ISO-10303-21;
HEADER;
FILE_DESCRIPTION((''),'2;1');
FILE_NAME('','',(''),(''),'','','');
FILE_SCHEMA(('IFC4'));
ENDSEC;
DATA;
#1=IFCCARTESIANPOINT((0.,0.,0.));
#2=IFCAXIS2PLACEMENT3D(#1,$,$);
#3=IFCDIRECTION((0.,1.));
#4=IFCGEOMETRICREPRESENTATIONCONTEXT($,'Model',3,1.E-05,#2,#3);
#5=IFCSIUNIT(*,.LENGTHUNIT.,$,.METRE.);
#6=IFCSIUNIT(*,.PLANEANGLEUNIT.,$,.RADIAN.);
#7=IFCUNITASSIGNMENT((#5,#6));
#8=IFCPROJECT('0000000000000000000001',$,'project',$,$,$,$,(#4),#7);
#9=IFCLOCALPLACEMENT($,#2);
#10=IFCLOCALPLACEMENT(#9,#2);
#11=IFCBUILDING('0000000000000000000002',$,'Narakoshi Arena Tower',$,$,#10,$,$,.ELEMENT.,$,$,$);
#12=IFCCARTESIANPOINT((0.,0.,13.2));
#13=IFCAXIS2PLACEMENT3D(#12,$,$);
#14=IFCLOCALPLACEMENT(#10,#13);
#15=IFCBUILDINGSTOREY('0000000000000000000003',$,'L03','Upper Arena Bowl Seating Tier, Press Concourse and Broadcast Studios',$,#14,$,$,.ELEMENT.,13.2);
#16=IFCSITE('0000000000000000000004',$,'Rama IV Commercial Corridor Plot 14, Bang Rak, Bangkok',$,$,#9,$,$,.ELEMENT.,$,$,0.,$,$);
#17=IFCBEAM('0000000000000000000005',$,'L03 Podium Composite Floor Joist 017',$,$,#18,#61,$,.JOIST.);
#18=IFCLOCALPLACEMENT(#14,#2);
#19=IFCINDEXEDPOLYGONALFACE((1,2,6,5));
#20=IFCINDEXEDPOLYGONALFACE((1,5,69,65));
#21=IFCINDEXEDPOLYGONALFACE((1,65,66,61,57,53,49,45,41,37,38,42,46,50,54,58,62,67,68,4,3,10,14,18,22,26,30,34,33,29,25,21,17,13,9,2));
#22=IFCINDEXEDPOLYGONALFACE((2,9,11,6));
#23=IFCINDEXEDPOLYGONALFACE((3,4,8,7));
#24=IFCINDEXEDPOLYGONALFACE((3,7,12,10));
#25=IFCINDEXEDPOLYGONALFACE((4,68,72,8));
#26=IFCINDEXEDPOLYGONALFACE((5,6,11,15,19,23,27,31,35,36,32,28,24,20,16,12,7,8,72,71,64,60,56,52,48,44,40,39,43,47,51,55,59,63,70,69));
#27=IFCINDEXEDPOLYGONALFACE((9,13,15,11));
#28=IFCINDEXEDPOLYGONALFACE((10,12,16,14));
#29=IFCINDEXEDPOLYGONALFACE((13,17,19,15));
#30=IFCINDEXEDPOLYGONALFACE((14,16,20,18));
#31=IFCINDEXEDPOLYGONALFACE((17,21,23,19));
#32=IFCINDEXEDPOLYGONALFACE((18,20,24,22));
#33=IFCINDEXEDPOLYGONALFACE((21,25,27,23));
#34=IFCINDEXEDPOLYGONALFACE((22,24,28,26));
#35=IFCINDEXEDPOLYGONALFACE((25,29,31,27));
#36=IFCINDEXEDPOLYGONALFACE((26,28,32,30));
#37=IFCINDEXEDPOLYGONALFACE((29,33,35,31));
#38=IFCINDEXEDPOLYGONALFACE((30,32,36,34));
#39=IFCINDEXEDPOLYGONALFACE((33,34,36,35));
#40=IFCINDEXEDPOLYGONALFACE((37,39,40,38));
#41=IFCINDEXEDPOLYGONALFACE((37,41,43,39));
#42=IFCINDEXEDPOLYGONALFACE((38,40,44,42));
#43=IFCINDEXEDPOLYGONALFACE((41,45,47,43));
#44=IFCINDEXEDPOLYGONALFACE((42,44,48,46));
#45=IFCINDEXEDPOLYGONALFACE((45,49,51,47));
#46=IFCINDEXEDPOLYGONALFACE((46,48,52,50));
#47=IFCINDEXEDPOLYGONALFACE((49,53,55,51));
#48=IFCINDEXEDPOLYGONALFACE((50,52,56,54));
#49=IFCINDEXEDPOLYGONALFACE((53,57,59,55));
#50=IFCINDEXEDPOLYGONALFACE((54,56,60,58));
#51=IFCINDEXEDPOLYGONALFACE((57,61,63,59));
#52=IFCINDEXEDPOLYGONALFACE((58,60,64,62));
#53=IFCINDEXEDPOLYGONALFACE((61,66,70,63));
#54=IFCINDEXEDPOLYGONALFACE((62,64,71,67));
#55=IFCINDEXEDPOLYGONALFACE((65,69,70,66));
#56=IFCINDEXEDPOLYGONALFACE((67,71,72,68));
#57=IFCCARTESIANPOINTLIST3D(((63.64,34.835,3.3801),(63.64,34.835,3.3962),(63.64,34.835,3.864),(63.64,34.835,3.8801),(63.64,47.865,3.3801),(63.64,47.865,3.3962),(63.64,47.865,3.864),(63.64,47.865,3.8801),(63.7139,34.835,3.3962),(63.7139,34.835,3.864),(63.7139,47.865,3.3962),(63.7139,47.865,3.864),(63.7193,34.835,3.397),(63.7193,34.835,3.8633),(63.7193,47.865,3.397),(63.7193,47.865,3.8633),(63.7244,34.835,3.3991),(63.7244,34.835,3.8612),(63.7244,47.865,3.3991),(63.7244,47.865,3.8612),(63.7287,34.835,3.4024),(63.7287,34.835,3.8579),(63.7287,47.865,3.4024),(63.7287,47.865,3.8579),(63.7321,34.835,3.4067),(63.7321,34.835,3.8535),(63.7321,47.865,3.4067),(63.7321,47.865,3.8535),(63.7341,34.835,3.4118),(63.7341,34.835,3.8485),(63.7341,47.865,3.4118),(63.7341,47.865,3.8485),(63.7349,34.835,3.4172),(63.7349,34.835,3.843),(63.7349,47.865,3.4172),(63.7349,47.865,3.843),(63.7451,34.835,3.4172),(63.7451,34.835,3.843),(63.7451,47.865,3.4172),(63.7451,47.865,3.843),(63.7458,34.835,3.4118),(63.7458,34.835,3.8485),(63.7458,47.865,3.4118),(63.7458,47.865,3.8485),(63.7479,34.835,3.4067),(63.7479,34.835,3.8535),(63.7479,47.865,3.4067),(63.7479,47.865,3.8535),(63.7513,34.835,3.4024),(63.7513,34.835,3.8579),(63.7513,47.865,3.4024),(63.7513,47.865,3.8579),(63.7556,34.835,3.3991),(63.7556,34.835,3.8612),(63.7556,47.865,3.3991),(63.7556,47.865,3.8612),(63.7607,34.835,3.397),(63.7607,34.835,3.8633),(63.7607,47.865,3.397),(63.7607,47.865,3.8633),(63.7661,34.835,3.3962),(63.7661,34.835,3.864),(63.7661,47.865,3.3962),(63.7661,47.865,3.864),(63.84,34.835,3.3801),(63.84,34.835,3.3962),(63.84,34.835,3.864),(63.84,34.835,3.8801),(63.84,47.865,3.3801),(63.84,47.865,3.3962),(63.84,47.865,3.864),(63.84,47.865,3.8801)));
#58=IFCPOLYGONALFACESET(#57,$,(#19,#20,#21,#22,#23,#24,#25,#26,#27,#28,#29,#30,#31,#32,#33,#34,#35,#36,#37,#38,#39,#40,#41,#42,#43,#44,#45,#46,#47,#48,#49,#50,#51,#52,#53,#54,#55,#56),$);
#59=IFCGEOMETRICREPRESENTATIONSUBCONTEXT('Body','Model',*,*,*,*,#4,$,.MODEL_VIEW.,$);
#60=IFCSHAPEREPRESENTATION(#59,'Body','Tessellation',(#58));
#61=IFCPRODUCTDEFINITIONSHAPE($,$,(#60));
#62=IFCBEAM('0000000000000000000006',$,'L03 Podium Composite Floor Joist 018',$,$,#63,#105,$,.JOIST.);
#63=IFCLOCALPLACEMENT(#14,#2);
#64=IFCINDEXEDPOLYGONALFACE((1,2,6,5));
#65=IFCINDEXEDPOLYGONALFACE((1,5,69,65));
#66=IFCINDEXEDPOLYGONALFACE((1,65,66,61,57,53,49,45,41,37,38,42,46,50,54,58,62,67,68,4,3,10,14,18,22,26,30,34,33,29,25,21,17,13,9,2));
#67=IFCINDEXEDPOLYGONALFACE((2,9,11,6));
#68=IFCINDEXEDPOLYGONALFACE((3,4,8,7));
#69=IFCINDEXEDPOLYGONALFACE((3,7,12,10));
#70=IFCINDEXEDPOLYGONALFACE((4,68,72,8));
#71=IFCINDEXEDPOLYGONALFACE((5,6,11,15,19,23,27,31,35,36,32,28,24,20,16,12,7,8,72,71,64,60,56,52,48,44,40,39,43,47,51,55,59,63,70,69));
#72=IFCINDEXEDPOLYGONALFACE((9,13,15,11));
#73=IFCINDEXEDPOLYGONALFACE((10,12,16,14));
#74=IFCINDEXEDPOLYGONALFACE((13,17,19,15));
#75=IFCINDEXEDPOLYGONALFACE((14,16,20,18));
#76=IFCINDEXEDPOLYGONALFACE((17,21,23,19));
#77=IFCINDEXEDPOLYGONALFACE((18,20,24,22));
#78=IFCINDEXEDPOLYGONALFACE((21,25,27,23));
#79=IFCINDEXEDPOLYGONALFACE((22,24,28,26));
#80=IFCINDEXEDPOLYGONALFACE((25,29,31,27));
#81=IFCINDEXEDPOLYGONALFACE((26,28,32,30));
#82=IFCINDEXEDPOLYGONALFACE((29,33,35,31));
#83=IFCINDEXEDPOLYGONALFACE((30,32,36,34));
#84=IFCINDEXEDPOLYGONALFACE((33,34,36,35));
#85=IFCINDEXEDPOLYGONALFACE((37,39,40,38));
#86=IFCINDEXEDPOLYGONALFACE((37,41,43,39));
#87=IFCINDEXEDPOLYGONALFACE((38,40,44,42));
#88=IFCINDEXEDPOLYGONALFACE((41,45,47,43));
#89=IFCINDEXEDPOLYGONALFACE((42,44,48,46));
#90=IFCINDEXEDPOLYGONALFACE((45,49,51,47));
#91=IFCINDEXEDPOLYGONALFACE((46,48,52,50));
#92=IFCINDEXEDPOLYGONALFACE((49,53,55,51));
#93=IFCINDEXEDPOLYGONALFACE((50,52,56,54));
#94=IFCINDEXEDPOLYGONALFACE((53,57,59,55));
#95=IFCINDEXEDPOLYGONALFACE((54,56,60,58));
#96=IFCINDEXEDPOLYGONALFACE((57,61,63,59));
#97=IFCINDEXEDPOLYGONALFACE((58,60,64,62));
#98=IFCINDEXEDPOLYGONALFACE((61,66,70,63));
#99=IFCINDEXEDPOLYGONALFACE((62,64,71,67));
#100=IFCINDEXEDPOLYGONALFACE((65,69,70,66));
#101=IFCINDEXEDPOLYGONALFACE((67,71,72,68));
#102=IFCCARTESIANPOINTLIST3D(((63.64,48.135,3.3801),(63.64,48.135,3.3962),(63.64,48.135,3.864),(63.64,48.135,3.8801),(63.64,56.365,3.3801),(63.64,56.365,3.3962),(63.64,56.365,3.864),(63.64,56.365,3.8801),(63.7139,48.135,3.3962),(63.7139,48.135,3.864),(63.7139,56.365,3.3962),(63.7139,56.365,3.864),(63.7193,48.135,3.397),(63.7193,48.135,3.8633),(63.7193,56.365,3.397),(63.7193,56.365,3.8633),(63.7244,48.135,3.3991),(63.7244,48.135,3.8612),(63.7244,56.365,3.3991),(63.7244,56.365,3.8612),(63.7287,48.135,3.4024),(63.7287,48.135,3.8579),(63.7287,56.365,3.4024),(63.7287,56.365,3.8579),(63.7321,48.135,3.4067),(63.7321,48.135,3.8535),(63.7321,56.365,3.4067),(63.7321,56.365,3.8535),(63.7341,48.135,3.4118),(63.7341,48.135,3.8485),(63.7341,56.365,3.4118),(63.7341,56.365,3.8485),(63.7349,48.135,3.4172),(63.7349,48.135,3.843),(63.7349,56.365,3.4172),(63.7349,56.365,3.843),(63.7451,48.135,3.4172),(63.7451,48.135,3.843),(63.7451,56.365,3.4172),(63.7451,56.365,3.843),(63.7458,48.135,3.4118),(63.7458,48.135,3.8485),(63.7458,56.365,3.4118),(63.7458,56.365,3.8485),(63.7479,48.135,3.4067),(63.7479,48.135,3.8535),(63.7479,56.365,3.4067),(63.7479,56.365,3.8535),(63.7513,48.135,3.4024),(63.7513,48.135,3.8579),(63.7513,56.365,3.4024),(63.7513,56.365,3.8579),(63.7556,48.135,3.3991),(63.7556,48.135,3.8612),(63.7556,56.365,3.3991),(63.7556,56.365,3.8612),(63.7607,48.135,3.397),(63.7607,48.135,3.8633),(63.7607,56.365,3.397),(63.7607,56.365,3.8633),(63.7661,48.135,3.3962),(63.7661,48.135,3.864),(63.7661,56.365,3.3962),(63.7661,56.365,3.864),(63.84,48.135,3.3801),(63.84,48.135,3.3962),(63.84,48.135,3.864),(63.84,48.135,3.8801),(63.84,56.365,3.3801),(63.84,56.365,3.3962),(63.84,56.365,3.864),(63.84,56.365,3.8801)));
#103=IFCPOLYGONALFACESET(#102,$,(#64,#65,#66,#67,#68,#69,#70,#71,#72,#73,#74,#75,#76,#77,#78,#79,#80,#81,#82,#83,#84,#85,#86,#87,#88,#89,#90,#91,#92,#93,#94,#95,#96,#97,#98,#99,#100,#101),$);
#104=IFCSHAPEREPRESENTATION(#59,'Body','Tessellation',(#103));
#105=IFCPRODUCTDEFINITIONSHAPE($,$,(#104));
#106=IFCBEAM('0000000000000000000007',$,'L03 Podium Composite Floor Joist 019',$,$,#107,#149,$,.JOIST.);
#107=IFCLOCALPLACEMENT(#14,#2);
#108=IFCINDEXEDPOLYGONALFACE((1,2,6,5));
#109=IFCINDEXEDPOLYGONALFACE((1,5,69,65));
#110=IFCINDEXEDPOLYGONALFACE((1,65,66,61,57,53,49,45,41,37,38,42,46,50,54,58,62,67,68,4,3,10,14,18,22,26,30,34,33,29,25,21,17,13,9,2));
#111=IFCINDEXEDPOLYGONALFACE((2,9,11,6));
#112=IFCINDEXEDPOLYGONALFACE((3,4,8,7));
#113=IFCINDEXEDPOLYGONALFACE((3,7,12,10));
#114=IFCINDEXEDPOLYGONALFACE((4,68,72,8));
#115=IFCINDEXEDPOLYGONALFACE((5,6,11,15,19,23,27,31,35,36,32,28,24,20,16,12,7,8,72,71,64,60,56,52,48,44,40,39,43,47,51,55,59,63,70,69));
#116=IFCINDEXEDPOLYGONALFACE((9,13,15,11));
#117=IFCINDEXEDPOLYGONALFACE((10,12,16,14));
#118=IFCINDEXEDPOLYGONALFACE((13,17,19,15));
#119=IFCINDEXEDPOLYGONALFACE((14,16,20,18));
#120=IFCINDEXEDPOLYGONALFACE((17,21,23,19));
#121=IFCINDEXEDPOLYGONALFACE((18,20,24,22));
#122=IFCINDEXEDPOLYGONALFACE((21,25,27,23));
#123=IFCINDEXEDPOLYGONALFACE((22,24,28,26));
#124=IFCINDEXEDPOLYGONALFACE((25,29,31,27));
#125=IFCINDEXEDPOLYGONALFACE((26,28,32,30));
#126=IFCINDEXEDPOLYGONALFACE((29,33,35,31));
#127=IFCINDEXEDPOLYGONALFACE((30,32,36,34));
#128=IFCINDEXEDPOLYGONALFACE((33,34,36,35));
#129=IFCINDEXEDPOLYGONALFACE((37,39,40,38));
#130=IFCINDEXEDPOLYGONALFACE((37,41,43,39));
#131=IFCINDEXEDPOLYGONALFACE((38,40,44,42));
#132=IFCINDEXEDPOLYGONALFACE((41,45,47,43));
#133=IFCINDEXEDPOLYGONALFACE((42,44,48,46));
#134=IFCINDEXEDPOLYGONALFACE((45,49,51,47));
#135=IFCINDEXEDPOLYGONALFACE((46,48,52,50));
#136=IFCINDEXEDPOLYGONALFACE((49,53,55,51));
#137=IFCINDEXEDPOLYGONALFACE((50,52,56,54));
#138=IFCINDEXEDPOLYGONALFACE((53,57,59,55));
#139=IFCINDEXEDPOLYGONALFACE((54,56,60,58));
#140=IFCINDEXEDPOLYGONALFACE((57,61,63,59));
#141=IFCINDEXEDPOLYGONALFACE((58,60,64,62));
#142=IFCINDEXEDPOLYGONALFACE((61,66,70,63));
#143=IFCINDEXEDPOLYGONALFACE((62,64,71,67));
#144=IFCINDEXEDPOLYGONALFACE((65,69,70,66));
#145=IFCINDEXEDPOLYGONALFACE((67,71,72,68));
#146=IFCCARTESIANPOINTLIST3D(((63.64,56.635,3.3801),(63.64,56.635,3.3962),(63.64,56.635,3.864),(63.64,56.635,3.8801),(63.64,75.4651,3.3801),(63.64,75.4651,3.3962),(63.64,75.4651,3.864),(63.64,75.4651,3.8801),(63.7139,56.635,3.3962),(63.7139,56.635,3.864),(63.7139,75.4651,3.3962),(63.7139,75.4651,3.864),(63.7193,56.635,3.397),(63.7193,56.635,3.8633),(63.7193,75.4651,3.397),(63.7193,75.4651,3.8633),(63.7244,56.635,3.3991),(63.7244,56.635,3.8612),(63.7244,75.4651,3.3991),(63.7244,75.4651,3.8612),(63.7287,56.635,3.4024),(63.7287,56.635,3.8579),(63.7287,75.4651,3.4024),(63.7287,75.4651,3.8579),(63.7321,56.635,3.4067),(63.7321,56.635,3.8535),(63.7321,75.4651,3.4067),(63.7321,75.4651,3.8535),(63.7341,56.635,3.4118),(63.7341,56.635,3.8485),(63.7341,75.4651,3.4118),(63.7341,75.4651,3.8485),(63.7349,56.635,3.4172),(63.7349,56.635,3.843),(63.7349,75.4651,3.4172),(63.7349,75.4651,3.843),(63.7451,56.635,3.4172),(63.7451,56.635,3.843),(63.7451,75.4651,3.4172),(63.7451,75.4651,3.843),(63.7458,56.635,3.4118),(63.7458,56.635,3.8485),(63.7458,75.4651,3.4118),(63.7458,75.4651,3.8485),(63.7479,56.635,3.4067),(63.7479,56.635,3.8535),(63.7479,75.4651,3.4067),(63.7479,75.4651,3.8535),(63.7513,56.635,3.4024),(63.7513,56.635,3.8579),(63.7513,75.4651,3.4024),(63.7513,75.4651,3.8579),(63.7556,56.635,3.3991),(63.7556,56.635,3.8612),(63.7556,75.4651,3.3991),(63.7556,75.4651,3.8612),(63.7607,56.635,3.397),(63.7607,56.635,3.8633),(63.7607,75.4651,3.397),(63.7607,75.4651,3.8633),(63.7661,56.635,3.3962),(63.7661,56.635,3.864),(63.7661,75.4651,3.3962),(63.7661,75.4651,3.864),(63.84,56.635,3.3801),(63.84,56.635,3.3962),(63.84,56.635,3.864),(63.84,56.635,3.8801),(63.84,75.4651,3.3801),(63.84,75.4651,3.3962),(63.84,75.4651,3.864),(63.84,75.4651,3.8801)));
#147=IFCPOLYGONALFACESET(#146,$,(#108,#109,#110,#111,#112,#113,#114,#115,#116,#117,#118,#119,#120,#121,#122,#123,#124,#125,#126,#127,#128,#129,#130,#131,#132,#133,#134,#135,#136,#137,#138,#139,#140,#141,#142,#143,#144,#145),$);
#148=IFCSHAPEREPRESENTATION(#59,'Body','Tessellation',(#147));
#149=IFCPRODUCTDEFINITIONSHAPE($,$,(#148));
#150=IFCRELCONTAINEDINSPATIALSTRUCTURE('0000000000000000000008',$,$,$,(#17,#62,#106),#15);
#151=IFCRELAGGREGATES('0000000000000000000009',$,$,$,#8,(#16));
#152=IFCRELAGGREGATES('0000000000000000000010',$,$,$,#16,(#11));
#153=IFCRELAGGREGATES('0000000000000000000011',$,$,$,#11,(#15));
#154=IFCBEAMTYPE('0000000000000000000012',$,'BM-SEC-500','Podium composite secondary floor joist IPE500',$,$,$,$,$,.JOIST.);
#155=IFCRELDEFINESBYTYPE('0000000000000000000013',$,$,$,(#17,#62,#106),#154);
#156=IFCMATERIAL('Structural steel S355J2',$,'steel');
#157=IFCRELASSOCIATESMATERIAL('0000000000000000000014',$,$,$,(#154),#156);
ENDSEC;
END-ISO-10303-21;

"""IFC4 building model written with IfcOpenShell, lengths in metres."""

from ifc_helpers import new_model, si_unit, direction, frame, origin, origin_2d, place, context, subcontext, project, spatial, i_section, extrude, material, material_profile, profile_set, type_object, element, save


model = new_model("IFC4")

# Units and contexts
model_context = context("Model", 3, precision=1e-05, world=origin(), true_north=direction((0.0, 1.0)))
body_context = subcontext(model_context, "Body", "Model", "MODEL_VIEW")
ifc_project = project(units=[si_unit("LENGTHUNIT", "METRE"), si_unit("PLANEANGLEUNIT", "RADIAN")], contexts=[model_context])

# Site, building, storey
site_placement = place(None, origin())
site = spatial("IfcSite", under=ifc_project, at=site_placement, Name="Rama IV Commercial Corridor Plot 14, Bang Rak, Bangkok", CompositionType="ELEMENT", RefElevation=0.0)
building_placement = place(site_placement, origin())
building = spatial("IfcBuilding", under=site, at=building_placement, Name="Narakoshi Arena Tower", CompositionType="ELEMENT")
storey_placement = place(building_placement, frame((0.0, 0.0, 13.2)))
storey = spatial("IfcBuildingStorey", under=building, at=storey_placement, Name="L03", Description="Upper Arena Bowl Seating Tier, Press Concourse and Broadcast Studios", CompositionType="ELEMENT", Elevation=13.2)

# Beams
ifc_material_1 = material(Name="Structural steel S355J2", Category="steel")
ifc_material_profile_1 = material_profile(ifc_material_1, i_section(OverallWidth=0.2, OverallDepth=0.5, WebThickness=0.0103, FlangeThickness=0.0161, FilletRadius=0.021, at=origin_2d()), Name="IPE500")
ifc_profile_set_1 = profile_set([ifc_material_profile_1], Name="Structural steel S355J2")
beam_type_1 = type_object("IfcBeamType", Name="BM-SEC-500", Description="Podium composite secondary floor joist IPE500", PredefinedType="JOIST", material=ifc_profile_set_1)
beam_1_placement = place(storey_placement, frame((63.74, 34.835, 3.6301), z_axis=(0.0, 1.0, 0.0), x_axis=(-1.0, 0.0, 0.0)))
element("IfcBeam", 1, at=beam_1_placement, inside=storey, type_object=beam_type_1, Name="L03 Podium Composite Floor Joist 017", PredefinedType="JOIST", context=body_context, shape_type="SweptSolid", body=[
    extrude(i_section(OverallWidth=0.2, OverallDepth=0.5, WebThickness=0.0103, FlangeThickness=0.0161, FilletRadius=0.021, at=origin_2d()), origin(), (0.0, 0.0, 1.0), 13.03),
])
beam_2_placement = place(storey_placement, frame((63.74, 48.135, 3.6301), z_axis=(0.0, 1.0, 0.0), x_axis=(-1.0, 0.0, 0.0)))
element("IfcBeam", 2, at=beam_2_placement, inside=storey, type_object=beam_type_1, Name="L03 Podium Composite Floor Joist 018", PredefinedType="JOIST", context=body_context, shape_type="SweptSolid", body=[
    extrude(i_section(OverallWidth=0.2, OverallDepth=0.5, WebThickness=0.0103, FlangeThickness=0.0161, FilletRadius=0.021, at=origin_2d()), origin(), (0.0, 0.0, 1.0), 8.23),
])
beam_3_placement = place(storey_placement, frame((63.74, 56.635, 3.6301), z_axis=(0.0, 1.0, 0.0), x_axis=(-1.0, 0.0, 0.0)))
element("IfcBeam", 3, at=beam_3_placement, inside=storey, type_object=beam_type_1, Name="L03 Podium Composite Floor Joist 019", PredefinedType="JOIST", context=body_context, shape_type="SweptSolid", body=[
    extrude(i_section(OverallWidth=0.2, OverallDepth=0.5, WebThickness=0.0103, FlangeThickness=0.0161, FilletRadius=0.021, at=origin_2d()), origin(), (0.0, 0.0, 1.0), 18.8301),
])

save(model, "model.ifc")
